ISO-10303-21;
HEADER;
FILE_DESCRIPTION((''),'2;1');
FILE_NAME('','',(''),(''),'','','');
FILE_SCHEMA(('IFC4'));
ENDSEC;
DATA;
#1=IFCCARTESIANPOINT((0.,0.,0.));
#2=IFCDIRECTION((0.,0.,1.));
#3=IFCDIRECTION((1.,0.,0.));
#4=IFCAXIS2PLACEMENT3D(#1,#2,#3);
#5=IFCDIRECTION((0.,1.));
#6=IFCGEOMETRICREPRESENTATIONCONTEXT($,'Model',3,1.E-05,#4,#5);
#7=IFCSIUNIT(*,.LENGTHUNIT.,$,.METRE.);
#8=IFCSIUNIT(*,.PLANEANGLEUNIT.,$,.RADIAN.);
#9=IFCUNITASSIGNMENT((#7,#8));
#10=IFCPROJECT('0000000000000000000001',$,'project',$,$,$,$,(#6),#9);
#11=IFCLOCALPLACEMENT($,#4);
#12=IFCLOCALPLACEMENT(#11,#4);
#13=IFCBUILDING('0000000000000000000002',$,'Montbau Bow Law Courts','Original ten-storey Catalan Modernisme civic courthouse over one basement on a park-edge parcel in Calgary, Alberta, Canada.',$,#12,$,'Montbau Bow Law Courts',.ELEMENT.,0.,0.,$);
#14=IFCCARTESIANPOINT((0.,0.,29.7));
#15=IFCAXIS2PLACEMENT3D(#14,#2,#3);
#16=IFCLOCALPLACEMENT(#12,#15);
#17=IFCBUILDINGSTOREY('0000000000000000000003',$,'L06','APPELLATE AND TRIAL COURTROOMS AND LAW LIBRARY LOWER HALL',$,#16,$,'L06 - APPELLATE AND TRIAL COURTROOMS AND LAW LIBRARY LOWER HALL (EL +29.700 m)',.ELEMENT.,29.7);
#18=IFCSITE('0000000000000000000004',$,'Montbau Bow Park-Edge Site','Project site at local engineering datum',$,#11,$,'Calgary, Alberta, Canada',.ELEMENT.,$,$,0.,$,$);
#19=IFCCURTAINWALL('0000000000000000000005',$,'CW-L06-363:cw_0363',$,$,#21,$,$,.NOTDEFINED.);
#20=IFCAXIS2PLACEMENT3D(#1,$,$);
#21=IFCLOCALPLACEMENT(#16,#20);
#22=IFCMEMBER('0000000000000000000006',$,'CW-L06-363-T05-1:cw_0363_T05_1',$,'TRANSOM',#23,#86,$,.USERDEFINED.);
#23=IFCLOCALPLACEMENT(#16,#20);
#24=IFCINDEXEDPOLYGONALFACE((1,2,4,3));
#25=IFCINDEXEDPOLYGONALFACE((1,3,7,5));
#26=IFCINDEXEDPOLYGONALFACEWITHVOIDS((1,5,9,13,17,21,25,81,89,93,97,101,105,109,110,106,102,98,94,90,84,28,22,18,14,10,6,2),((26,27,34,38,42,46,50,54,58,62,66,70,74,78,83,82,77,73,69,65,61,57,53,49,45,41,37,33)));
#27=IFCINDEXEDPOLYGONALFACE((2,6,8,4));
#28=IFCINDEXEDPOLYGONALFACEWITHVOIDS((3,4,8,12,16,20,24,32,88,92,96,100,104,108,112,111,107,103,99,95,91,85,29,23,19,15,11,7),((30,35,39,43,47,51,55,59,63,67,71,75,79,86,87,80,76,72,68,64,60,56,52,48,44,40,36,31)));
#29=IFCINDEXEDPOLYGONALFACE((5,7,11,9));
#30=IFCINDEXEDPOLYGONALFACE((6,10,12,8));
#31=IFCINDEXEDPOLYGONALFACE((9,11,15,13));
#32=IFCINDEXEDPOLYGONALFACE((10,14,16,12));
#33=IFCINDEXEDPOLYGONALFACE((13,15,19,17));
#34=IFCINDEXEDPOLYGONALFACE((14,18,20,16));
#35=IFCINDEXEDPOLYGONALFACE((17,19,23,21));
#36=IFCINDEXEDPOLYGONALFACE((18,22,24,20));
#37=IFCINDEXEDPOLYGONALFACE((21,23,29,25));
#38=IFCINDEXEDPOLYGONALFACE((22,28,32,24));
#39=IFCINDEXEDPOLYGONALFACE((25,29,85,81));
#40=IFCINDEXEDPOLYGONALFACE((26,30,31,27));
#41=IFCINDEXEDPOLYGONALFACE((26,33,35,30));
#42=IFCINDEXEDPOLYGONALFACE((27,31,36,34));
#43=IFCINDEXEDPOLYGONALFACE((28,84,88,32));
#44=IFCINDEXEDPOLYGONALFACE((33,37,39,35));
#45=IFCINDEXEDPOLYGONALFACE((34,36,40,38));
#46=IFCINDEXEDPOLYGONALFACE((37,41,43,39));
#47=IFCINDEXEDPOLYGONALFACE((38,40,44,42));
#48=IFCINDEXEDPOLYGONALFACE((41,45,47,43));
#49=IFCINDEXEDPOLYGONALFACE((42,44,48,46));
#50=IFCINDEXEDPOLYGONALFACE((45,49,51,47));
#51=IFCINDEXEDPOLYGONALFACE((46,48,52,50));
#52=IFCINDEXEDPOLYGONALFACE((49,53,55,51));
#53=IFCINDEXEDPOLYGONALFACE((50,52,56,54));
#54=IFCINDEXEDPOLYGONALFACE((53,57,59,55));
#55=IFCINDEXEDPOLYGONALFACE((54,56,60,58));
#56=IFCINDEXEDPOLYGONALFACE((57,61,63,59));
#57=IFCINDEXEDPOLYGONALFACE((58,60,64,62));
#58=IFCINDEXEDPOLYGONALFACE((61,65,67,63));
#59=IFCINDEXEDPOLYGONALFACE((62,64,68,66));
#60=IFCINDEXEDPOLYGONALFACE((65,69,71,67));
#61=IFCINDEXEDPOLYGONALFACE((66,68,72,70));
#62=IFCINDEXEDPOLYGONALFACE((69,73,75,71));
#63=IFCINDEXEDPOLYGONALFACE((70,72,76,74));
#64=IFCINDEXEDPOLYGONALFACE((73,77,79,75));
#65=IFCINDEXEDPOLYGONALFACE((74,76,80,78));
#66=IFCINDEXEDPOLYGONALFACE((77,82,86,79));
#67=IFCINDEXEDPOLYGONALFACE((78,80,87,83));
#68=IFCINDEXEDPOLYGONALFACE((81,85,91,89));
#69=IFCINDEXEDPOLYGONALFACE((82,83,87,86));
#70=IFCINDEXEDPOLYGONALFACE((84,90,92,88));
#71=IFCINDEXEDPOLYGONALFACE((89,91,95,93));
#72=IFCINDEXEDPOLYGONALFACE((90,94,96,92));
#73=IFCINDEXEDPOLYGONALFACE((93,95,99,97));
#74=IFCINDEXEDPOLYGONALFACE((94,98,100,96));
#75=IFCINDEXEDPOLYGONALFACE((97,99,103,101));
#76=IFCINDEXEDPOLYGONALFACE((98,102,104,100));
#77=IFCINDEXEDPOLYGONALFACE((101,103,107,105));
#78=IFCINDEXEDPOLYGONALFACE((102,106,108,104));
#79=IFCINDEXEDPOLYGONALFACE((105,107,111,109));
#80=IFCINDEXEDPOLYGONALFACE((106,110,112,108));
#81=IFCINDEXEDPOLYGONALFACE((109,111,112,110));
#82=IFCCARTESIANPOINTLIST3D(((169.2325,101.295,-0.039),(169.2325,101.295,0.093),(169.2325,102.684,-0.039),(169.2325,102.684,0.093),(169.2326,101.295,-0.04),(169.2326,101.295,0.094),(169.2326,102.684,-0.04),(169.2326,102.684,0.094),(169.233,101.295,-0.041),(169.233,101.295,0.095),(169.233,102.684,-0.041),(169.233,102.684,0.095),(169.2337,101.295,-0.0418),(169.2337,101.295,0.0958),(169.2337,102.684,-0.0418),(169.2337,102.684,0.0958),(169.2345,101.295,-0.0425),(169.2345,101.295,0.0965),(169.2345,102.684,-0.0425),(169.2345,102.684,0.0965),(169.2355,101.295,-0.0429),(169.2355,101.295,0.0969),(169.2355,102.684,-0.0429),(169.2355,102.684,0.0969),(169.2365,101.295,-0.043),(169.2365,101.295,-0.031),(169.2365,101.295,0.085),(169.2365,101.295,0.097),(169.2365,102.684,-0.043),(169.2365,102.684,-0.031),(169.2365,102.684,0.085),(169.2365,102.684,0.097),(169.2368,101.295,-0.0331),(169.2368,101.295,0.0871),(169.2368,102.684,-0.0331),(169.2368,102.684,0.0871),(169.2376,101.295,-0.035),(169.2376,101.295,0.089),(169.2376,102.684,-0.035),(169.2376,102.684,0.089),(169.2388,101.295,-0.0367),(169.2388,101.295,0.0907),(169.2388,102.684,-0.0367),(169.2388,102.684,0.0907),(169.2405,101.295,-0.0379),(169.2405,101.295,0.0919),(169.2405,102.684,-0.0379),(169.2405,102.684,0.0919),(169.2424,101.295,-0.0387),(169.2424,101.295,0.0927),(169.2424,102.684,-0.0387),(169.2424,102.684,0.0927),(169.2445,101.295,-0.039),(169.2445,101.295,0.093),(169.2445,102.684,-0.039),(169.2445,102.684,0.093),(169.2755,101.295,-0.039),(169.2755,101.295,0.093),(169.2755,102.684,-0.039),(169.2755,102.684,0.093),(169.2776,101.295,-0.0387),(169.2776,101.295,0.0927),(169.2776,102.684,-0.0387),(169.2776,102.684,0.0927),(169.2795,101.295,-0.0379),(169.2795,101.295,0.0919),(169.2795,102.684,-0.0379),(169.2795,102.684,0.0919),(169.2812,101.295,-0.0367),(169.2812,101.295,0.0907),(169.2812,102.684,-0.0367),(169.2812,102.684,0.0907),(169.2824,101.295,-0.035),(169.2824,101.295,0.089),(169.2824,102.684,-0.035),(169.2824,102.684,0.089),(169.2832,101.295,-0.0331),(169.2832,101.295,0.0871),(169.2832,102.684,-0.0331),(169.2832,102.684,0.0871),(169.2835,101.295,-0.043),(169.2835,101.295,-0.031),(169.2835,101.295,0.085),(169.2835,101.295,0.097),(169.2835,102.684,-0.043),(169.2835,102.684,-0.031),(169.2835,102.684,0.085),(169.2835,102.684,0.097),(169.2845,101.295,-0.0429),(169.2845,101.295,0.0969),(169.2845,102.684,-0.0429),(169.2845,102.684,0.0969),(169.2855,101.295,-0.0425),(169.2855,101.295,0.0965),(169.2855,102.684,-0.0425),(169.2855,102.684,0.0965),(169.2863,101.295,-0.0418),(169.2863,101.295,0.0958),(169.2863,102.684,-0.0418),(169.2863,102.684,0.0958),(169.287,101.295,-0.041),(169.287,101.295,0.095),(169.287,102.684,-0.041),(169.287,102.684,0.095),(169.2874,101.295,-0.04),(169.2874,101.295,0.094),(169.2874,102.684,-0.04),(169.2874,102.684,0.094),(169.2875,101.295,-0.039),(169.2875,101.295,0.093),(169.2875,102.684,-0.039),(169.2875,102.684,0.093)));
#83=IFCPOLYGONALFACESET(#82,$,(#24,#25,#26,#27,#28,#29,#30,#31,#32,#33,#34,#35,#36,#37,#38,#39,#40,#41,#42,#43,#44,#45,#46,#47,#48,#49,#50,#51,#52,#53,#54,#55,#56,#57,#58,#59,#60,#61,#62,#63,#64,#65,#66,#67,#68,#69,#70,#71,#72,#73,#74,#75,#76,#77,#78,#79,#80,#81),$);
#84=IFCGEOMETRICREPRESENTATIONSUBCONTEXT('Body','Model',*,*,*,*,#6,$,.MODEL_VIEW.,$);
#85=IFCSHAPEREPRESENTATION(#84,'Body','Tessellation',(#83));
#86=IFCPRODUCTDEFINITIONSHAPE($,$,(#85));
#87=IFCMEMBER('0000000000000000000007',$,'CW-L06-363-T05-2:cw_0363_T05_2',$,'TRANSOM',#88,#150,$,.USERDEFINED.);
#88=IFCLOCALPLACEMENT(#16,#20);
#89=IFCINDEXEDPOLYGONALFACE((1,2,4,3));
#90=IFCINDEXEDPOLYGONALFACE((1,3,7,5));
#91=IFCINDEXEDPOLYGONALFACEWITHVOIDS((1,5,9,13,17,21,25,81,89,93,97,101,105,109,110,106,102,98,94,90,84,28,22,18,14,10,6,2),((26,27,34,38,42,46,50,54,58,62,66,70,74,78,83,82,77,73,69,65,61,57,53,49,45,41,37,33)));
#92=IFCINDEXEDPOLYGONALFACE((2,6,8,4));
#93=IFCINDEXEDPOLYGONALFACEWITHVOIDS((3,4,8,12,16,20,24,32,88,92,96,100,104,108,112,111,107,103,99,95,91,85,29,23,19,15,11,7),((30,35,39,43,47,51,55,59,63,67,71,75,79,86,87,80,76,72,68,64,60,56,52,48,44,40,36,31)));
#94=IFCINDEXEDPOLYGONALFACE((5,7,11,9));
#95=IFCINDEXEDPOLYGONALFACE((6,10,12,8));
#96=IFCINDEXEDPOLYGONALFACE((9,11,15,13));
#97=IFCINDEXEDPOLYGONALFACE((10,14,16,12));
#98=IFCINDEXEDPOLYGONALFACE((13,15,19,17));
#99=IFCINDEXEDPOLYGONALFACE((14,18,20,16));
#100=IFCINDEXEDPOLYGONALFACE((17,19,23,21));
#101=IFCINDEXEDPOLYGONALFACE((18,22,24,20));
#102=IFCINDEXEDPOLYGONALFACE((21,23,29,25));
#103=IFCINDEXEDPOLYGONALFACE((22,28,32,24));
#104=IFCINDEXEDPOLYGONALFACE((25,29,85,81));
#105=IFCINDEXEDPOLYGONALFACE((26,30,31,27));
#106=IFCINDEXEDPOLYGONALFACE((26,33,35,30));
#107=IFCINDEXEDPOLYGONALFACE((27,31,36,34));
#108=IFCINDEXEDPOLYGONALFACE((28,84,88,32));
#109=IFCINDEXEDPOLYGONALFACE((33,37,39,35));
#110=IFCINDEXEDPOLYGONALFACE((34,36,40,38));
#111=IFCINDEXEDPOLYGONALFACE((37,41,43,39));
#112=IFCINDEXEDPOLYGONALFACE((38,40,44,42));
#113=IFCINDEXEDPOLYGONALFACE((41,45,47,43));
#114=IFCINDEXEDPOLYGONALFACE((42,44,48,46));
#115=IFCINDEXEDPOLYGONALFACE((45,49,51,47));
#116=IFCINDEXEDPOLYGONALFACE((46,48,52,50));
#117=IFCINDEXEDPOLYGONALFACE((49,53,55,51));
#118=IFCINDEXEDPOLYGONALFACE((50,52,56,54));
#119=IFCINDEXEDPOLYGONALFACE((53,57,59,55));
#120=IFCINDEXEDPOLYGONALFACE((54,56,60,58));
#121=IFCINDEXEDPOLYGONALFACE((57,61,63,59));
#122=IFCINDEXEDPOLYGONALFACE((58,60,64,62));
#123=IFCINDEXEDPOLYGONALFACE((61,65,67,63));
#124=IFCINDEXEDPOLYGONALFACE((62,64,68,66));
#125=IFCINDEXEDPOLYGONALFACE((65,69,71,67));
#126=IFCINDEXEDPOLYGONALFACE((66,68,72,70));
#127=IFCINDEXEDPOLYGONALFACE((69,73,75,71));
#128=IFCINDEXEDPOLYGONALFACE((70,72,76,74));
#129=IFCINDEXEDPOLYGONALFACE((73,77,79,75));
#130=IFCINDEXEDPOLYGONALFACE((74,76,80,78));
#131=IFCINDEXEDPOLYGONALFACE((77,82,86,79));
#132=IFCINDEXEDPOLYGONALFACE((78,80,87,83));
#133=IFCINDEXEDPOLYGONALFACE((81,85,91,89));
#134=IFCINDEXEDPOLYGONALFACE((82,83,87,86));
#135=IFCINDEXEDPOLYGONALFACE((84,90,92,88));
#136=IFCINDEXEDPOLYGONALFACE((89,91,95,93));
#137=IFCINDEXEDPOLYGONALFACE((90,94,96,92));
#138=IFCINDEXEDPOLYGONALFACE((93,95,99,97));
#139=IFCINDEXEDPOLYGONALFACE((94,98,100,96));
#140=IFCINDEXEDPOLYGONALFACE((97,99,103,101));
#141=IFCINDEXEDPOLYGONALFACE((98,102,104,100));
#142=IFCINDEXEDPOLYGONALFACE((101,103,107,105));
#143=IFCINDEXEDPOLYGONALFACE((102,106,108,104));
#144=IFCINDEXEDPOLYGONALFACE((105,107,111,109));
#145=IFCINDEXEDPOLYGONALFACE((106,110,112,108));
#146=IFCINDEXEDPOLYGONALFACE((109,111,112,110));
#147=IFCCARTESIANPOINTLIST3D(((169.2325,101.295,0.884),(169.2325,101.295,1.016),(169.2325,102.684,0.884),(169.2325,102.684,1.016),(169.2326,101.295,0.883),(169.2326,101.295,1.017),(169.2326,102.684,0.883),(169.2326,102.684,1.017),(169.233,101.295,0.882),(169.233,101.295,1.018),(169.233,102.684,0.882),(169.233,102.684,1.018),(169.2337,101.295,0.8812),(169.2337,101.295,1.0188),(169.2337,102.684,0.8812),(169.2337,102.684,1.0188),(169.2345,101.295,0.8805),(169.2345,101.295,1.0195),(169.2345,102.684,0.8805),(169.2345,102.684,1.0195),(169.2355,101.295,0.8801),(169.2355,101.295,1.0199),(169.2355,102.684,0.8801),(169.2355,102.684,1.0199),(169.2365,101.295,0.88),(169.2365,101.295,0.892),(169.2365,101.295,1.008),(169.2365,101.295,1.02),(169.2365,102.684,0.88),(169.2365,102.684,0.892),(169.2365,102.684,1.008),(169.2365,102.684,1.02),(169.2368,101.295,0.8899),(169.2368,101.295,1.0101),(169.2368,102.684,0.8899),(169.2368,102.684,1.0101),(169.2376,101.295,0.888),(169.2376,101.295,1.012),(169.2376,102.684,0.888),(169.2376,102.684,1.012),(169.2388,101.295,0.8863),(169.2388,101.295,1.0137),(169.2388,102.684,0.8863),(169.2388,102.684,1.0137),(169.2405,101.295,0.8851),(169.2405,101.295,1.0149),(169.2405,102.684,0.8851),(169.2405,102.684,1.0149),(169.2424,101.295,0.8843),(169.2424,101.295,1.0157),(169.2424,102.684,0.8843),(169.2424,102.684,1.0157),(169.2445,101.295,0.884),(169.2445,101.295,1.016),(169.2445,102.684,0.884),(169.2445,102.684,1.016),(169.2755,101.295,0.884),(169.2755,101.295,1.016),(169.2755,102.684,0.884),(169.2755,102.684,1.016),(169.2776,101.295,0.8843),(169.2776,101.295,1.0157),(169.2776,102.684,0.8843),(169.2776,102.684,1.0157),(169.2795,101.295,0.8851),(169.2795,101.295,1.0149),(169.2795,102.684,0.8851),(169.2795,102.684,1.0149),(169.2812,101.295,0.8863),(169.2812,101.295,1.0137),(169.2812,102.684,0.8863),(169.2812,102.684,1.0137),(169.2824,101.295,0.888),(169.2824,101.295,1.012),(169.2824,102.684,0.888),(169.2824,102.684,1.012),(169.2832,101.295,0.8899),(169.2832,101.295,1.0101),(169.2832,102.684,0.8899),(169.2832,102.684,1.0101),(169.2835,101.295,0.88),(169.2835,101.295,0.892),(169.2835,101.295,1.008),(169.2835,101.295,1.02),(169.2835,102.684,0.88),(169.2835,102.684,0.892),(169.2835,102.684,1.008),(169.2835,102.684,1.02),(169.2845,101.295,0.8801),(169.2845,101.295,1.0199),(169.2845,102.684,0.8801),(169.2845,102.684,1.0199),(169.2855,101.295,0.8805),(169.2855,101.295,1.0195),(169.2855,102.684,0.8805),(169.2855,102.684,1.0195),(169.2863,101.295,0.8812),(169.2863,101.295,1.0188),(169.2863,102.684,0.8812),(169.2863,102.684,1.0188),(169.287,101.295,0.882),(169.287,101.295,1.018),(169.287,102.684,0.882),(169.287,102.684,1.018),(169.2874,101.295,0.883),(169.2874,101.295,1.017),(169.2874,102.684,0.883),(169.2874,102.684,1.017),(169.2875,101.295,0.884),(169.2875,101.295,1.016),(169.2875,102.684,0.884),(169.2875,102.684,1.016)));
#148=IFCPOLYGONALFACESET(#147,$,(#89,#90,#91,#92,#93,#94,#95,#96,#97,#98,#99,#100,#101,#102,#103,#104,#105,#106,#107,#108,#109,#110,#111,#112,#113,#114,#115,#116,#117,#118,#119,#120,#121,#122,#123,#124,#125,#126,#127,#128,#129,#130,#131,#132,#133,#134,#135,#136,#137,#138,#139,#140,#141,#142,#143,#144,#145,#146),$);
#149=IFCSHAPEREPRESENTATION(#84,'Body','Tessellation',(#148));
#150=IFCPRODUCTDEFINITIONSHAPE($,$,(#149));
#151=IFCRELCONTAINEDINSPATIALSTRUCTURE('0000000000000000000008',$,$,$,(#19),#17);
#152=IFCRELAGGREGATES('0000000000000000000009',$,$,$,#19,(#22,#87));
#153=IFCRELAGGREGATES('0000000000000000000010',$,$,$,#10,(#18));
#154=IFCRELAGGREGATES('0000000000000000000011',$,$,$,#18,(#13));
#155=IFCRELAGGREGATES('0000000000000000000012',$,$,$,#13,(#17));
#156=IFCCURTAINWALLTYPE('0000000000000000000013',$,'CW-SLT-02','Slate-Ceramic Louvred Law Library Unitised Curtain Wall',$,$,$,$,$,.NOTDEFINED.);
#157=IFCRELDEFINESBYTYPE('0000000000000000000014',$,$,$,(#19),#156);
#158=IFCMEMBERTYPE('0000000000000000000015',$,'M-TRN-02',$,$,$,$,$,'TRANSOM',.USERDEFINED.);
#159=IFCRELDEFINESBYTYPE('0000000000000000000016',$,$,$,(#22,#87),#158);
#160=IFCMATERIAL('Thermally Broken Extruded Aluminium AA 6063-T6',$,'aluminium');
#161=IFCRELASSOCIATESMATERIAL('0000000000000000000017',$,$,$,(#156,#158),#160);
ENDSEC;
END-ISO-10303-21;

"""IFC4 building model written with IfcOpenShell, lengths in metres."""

from ifc_helpers import new_model, si_unit, direction, frame, origin_with_axes, origin_2d_with_axis, place, context, subcontext, project, spatial, hollow_rectangle, extrude, material, material_profile, profile_set, type_object, element, aggregate, save


model = new_model("IFC4")

# Units and contexts
model_context = context("Model", 3, precision=1e-05, world=origin_with_axes(), true_north=direction((0.0, 1.0)))
body_context = subcontext(model_context, "Body", "Model", "MODEL_VIEW")
ifc_project = project(units=[si_unit("LENGTHUNIT", "METRE"), si_unit("PLANEANGLEUNIT", "RADIAN")], contexts=[model_context])

# Site, building, storey
site_placement = place(None, origin_with_axes())
site = spatial("IfcSite", under=ifc_project, at=site_placement, Name="Montbau Bow Park-Edge Site", Description="Project site at local engineering datum", LongName="Calgary, Alberta, Canada", CompositionType="ELEMENT", RefElevation=0.0)
building_placement = place(site_placement, origin_with_axes())
building = spatial("IfcBuilding", under=site, at=building_placement, Name="Montbau Bow Law Courts", Description="Original ten-storey Catalan Modernisme civic courthouse over one basement on a park-edge parcel in Calgary, Alberta, Canada.", LongName="Montbau Bow Law Courts", CompositionType="ELEMENT", ElevationOfRefHeight=0.0, ElevationOfTerrain=0.0)
storey_placement = place(building_placement, frame((0.0, 0.0, 29.7), z_axis=(0.0, 0.0, 1.0), x_axis=(1.0, 0.0, 0.0)))
storey = spatial("IfcBuildingStorey", under=building, at=storey_placement, Name="L06", Description="APPELLATE AND TRIAL COURTROOMS AND LAW LIBRARY LOWER HALL", LongName="L06 - APPELLATE AND TRIAL COURTROOMS AND LAW LIBRARY LOWER HALL (EL +29.700 m)", CompositionType="ELEMENT", Elevation=29.7)

# Curtain wall
ifc_material_1 = material(Name="Thermally Broken Extruded Aluminium AA 6063-T6", Category="aluminium")
curtain_wall_type = type_object("IfcCurtainWallType", Name="CW-SLT-02", Description="Slate-Ceramic Louvred Law Library Unitised Curtain Wall", PredefinedType="NOTDEFINED", material=ifc_material_1)
curtain_wall_1_placement = place(None, frame((169.26, 95.24, 29.7), z_axis=(0.0, 0.0, 1.0), x_axis=(1.0, 0.0, 0.0)))
curtain_wall_1 = element("IfcCurtainWall", 1, at=curtain_wall_1_placement, inside=storey, type_object=curtain_wall_type, Name="CW-L06-363:cw_0363", PredefinedType="NOTDEFINED")

# Members
ifc_material_profile_1 = material_profile(ifc_material_1, hollow_rectangle(XDim=0.055, YDim=0.14, WallThickness=0.004, InnerFilletRadius=0.008, OuterFilletRadius=0.004, at=origin_2d_with_axis()), Name="CWT-140X55", Category="Main", Priority=0)
ifc_profile_set_1 = profile_set([ifc_material_profile_1], Name="Thermally Broken Extruded Aluminium AA 6063-T6")
member_type_1 = type_object("IfcMemberType", Name="M-TRN-02", ElementType="TRANSOM", PredefinedType="USERDEFINED", material=ifc_profile_set_1)
member_1_placement = place(None, frame((169.26, 101.295, 29.727), z_axis=(0.0, 1.0, 0.0), x_axis=(-1.0, 0.0, 0.0)))
member_1 = element("IfcMember", 2, at=member_1_placement, type_object=member_type_1, Name="CW-L06-363-T05-1:cw_0363_T05_1", ObjectType="TRANSOM", PredefinedType="USERDEFINED", context=body_context, shape_type="SweptSolid", body=[
    extrude(hollow_rectangle(XDim=0.055, YDim=0.14, WallThickness=0.004, InnerFilletRadius=0.008, OuterFilletRadius=0.004, at=origin_2d_with_axis()), origin_with_axes(), (0.0, 0.0, 1.0), 1.389),
])
member_2_placement = place(None, frame((169.26, 101.295, 30.65), z_axis=(0.0, 1.0, 0.0), x_axis=(-1.0, 0.0, 0.0)))
member_2 = element("IfcMember", 3, at=member_2_placement, type_object=member_type_1, Name="CW-L06-363-T05-2:cw_0363_T05_2", ObjectType="TRANSOM", PredefinedType="USERDEFINED", context=body_context, shape_type="SweptSolid", body=[
    extrude(hollow_rectangle(XDim=0.055, YDim=0.14, WallThickness=0.004, InnerFilletRadius=0.008, OuterFilletRadius=0.004, at=origin_2d_with_axis()), origin_with_axes(), (0.0, 0.0, 1.0), 1.389),
])
aggregate(curtain_wall_1, [member_1, member_2])

save(model, "model.ifc")
